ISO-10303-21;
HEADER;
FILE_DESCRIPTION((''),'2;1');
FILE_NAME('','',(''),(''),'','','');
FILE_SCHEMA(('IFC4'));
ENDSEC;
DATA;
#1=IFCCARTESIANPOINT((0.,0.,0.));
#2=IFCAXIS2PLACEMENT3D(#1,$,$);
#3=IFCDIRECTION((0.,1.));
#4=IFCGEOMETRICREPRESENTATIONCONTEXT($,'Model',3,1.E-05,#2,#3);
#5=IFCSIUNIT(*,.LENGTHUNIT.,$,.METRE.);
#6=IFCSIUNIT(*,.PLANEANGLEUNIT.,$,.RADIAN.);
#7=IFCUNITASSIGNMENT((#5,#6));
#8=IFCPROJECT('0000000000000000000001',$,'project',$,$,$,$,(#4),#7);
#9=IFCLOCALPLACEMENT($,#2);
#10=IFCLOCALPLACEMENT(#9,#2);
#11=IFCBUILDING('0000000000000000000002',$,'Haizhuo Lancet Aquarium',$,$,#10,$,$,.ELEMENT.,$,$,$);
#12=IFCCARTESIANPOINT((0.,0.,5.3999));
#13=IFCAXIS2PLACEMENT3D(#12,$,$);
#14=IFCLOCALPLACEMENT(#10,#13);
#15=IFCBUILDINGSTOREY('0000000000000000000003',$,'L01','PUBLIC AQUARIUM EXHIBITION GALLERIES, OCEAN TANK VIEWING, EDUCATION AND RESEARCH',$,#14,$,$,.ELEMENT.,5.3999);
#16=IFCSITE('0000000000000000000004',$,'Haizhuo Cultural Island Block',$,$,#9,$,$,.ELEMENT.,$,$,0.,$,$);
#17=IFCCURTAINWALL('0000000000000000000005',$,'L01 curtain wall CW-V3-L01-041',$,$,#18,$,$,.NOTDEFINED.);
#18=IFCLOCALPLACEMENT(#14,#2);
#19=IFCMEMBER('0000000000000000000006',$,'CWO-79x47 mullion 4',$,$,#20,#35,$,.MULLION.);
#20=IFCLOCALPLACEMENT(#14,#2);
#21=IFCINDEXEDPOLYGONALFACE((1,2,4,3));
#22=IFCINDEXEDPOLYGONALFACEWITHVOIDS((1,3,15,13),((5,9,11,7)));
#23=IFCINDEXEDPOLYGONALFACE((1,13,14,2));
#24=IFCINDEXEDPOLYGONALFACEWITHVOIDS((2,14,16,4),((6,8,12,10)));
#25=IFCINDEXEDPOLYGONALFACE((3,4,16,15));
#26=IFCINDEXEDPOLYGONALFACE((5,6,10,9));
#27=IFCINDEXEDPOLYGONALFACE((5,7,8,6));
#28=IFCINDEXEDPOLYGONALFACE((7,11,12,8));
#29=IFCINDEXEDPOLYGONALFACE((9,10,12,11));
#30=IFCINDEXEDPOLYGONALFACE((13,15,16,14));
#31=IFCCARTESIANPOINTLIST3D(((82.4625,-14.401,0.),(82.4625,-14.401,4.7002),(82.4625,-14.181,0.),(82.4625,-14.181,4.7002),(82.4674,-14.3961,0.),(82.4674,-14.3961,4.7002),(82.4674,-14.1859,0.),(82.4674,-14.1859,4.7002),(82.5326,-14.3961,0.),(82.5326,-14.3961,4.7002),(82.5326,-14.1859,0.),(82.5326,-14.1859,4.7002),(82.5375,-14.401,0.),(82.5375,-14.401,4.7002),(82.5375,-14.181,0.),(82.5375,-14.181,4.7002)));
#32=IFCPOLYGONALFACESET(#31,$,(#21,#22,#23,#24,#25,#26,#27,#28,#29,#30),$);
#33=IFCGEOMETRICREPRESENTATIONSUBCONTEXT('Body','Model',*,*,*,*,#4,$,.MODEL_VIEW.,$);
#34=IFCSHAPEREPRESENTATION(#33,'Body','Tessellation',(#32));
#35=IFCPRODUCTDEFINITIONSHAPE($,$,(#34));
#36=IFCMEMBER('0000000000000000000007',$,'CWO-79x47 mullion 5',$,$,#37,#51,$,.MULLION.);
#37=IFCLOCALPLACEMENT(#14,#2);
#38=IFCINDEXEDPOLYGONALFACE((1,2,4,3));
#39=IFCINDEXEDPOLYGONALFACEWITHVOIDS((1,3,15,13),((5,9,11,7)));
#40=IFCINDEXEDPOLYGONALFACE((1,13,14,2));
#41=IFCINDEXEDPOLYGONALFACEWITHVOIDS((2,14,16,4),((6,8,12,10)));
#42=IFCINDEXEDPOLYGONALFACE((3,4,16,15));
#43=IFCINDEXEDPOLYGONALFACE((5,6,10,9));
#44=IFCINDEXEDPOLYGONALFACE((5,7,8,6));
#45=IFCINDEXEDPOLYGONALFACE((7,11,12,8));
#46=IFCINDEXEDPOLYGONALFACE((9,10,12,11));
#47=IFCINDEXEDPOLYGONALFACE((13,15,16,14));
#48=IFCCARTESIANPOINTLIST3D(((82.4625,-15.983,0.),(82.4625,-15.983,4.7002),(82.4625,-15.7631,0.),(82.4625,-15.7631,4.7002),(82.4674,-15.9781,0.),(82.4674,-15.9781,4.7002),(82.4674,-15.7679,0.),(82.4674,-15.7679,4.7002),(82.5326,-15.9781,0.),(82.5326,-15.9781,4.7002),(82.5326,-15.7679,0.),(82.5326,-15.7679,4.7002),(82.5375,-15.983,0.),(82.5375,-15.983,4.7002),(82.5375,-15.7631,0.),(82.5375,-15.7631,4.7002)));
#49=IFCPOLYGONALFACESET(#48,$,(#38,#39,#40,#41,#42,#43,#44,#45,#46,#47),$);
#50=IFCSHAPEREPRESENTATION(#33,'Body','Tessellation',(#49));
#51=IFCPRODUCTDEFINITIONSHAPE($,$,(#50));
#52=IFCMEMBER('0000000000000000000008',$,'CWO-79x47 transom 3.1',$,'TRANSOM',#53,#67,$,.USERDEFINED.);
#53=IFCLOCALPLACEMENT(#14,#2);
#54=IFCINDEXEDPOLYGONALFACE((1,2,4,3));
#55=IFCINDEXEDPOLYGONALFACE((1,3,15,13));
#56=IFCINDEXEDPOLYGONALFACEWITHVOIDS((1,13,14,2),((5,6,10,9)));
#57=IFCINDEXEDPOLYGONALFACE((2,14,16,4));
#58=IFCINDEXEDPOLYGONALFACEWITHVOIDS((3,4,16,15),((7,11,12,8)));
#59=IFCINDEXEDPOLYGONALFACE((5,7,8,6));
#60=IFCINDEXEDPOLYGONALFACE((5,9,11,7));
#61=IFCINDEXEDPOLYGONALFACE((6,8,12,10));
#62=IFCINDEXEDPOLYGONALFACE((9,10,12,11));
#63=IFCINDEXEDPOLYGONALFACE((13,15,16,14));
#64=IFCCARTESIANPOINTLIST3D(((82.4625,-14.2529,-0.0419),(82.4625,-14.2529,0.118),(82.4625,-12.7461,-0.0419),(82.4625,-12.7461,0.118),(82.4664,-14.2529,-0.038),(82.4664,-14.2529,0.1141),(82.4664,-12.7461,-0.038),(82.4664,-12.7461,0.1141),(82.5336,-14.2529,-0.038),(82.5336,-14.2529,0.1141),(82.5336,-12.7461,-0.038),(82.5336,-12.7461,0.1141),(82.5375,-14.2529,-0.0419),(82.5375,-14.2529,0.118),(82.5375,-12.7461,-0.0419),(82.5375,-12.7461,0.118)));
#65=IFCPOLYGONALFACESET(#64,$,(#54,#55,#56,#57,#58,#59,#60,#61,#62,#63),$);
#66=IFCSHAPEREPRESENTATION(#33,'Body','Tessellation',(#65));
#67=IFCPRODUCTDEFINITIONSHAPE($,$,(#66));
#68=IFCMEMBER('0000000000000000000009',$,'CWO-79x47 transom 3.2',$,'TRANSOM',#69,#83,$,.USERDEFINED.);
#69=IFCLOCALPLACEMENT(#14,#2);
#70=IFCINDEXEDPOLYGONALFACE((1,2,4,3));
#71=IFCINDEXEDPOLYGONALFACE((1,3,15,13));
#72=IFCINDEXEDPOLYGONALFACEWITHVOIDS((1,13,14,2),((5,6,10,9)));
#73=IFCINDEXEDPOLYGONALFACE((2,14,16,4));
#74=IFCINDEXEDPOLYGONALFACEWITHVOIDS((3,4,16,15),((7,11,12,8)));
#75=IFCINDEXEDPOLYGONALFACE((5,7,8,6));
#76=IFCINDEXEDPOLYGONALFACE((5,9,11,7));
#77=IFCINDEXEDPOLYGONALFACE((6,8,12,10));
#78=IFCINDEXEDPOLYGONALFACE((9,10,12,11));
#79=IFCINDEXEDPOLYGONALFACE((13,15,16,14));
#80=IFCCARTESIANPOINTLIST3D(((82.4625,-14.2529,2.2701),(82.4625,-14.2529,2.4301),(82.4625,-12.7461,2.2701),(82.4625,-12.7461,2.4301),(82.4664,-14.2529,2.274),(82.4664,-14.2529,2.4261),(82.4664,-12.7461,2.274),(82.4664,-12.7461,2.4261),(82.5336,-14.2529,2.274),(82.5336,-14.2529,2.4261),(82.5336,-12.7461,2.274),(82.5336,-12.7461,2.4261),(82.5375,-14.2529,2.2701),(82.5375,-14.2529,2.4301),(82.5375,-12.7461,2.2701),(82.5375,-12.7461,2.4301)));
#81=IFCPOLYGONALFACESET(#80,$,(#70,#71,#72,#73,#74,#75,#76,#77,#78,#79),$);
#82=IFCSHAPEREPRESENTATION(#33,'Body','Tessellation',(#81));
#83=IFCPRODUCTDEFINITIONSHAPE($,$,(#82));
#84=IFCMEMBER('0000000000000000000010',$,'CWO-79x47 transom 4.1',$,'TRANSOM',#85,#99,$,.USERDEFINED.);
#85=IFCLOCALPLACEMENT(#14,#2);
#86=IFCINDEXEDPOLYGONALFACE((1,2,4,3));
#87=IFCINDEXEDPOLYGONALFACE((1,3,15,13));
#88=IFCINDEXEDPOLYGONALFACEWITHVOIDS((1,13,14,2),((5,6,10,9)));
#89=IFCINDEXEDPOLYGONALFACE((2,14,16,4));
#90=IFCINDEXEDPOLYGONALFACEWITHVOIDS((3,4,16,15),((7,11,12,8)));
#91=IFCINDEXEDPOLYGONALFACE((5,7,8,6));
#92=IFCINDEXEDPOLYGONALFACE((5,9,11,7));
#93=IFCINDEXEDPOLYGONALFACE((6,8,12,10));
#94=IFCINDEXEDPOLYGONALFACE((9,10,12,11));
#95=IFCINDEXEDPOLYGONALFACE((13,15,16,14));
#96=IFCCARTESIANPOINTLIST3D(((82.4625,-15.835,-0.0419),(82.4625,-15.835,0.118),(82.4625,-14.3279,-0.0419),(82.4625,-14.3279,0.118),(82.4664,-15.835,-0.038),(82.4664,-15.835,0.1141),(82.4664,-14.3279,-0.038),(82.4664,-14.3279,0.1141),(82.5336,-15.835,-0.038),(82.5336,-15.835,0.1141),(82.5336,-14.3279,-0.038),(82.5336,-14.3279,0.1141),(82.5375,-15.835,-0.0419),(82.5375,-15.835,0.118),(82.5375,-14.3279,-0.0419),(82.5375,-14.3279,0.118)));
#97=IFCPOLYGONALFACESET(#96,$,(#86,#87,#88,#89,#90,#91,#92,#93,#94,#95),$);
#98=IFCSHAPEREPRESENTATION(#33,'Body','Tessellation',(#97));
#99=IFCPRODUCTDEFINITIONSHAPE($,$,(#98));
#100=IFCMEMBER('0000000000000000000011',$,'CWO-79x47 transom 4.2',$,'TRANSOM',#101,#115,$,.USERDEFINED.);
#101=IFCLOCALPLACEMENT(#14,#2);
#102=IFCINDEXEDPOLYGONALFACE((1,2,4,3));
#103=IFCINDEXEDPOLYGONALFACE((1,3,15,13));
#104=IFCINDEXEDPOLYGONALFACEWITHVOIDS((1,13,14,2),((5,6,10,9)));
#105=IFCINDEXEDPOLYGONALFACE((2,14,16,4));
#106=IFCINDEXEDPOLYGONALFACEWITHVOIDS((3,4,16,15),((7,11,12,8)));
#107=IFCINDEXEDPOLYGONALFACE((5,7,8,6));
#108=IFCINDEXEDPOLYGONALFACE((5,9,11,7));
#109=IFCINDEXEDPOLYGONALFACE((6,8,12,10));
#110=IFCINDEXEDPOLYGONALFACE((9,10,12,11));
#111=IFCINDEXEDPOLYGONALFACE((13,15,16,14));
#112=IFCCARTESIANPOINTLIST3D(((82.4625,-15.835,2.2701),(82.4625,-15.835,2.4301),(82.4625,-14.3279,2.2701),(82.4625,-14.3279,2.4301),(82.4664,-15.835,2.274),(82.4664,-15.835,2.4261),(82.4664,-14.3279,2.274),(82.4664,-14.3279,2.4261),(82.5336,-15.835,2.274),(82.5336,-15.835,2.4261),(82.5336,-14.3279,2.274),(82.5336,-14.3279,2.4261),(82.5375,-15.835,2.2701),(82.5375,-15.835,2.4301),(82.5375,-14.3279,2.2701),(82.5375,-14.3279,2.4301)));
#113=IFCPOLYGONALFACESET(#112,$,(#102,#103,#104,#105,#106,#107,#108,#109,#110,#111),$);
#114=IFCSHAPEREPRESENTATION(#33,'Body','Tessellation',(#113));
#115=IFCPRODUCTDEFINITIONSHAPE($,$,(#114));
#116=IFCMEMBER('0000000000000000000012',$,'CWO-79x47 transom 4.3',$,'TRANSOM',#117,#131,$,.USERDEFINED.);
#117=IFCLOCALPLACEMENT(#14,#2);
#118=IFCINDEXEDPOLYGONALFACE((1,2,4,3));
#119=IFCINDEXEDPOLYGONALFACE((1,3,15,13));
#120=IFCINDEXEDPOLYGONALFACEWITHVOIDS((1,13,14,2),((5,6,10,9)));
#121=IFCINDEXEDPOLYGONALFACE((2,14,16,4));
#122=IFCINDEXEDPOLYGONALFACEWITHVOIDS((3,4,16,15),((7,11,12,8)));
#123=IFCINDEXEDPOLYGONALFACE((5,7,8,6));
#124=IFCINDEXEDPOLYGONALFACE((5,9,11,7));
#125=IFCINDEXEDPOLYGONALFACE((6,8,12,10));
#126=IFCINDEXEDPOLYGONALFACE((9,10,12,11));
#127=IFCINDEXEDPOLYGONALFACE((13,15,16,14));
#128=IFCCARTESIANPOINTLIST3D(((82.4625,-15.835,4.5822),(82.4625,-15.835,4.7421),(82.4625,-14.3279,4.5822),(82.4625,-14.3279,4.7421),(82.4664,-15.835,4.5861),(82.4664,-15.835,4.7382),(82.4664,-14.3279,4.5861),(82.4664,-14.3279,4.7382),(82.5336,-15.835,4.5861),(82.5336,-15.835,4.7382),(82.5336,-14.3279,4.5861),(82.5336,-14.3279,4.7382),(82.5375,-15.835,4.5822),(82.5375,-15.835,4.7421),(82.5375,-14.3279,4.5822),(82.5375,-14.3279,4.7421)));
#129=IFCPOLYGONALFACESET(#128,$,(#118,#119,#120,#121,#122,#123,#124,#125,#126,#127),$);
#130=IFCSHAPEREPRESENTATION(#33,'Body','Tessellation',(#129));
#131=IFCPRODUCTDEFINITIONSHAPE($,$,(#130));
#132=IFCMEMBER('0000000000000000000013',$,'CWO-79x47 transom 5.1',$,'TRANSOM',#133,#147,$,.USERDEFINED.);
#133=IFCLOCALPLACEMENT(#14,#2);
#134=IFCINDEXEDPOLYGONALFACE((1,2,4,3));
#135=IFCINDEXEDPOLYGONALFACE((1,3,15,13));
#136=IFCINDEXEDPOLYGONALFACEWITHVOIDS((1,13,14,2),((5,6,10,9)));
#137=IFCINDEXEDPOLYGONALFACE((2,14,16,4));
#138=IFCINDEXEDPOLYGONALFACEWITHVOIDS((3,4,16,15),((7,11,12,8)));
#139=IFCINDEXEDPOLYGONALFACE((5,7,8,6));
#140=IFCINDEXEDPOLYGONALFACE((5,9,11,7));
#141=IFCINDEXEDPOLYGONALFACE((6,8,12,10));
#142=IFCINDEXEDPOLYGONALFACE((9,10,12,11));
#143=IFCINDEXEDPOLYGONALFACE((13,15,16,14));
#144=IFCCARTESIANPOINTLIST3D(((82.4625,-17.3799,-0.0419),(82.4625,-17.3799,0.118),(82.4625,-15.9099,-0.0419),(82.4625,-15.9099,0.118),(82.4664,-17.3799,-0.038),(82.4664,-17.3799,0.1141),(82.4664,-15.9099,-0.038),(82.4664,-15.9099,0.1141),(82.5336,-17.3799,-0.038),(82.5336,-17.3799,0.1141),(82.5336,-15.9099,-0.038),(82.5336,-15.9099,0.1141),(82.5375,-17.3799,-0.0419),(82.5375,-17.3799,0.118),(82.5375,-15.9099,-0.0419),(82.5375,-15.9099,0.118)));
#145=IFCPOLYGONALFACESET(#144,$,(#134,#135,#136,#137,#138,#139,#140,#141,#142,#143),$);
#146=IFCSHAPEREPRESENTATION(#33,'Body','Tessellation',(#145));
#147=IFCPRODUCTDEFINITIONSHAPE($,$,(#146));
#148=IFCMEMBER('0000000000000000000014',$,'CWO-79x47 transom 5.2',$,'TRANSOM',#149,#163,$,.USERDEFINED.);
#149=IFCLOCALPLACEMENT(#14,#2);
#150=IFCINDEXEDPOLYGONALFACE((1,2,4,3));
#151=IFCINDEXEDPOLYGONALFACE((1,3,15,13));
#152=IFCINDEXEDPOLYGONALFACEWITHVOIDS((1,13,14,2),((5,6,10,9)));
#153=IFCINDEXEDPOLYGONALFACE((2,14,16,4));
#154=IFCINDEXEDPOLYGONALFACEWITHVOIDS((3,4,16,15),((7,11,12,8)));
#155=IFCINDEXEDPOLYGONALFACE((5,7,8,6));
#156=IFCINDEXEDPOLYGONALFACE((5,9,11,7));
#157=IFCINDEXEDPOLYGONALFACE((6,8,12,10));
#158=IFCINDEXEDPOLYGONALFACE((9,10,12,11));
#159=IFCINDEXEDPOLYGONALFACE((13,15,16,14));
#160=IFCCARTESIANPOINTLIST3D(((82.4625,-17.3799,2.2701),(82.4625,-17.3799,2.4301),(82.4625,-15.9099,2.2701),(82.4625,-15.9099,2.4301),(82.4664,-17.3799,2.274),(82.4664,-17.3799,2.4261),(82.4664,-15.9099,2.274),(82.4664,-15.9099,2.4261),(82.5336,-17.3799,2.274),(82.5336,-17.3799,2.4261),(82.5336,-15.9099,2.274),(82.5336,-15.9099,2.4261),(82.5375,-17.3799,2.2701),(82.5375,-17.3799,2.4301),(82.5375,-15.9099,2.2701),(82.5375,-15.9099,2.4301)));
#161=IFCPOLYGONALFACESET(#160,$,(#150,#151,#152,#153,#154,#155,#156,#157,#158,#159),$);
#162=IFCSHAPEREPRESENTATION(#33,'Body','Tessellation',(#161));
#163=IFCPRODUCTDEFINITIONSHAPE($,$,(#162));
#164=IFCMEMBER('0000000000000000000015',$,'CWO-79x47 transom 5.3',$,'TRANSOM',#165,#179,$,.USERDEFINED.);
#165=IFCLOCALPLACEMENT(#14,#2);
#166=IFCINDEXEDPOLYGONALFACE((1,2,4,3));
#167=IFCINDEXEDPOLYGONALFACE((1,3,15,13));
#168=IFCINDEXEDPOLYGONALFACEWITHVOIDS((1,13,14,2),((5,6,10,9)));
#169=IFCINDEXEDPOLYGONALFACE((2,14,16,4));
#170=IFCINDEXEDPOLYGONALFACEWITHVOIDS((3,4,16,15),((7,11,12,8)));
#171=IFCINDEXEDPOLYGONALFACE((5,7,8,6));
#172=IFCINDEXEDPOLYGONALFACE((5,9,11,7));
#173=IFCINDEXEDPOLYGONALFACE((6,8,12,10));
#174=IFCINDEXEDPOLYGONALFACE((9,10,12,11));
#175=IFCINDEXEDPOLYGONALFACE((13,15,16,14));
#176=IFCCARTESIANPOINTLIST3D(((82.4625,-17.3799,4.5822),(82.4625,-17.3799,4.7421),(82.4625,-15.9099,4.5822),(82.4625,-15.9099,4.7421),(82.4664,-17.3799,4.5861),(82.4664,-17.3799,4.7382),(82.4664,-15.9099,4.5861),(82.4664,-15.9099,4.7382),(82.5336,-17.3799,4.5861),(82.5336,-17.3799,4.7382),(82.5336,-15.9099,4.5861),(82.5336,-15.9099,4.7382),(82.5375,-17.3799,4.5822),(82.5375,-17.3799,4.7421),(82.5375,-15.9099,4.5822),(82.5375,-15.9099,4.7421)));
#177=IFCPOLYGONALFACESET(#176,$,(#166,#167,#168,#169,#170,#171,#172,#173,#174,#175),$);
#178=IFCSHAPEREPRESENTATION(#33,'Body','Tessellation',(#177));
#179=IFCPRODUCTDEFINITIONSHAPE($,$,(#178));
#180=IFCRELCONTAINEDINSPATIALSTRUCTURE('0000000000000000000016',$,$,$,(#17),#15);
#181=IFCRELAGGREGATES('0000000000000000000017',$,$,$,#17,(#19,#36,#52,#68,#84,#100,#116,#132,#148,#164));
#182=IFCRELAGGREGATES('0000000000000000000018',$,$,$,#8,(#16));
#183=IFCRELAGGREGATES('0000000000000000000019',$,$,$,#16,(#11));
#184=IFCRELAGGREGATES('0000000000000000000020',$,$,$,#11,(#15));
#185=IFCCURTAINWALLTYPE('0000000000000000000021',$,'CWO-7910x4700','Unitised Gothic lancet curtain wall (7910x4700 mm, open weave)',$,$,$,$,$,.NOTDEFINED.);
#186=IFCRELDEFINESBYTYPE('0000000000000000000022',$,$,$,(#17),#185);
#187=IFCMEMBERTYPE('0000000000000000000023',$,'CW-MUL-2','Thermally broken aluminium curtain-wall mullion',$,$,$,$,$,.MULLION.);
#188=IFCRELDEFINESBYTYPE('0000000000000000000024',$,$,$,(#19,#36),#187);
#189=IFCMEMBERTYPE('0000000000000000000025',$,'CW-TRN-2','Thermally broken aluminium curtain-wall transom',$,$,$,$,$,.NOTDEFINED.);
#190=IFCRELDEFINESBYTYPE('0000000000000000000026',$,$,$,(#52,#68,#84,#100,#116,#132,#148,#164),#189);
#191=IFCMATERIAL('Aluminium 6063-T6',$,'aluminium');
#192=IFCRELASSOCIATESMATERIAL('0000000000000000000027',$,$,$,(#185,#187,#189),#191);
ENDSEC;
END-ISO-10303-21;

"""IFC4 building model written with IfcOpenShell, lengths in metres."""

from ifc_helpers import new_model, si_unit, direction, frame, origin, origin_2d, place, context, subcontext, project, spatial, hollow_rectangle, extrude, material, material_profile, profile_set, type_object, element, aggregate, save


model = new_model("IFC4")

# Units and contexts
model_context = context("Model", 3, precision=1e-05, world=origin(), true_north=direction((0.0, 1.0)))
body_context = subcontext(model_context, "Body", "Model", "MODEL_VIEW")
ifc_project = project(units=[si_unit("LENGTHUNIT", "METRE"), si_unit("PLANEANGLEUNIT", "RADIAN")], contexts=[model_context])

# Site, building, storey
site_placement = place(None, origin())
site = spatial("IfcSite", under=ifc_project, at=site_placement, Name="Haizhuo Cultural Island Block", CompositionType="ELEMENT", RefElevation=0.0)
building_placement = place(site_placement, origin())
building = spatial("IfcBuilding", under=site, at=building_placement, Name="Haizhuo Lancet Aquarium", CompositionType="ELEMENT")
storey_placement = place(building_placement, frame((0.0, 0.0, 5.3999)))
storey = spatial("IfcBuildingStorey", under=building, at=storey_placement, Name="L01", Description="PUBLIC AQUARIUM EXHIBITION GALLERIES, OCEAN TANK VIEWING, EDUCATION AND RESEARCH", CompositionType="ELEMENT", Elevation=5.3999)

# Curtain wall, members
ifc_material_1 = material(Name="Aluminium 6063-T6", Category="aluminium")
curtain_wall_type = type_object("IfcCurtainWallType", Name="CWO-7910x4700", Description="Unitised Gothic lancet curtain wall (7910x4700 mm, open weave)", PredefinedType="NOTDEFINED", material=ifc_material_1)
curtain_wall_placement = place(storey_placement, origin())
curtain_wall = element("IfcCurtainWall", 1, at=curtain_wall_placement, inside=storey, type_object=curtain_wall_type, Name="L01 curtain wall CW-V3-L01-041", PredefinedType="NOTDEFINED")
ifc_material_profile_1 = material_profile(ifc_material_1, hollow_rectangle(XDim=0.075, YDim=0.22, WallThickness=0.0049, at=origin_2d()), Name="ALU-M 75x220x5")
ifc_profile_set_1 = profile_set([ifc_material_profile_1], Name="Aluminium 6063-T6")
member_type_1 = type_object("IfcMemberType", Name="CW-MUL-2", Description="Thermally broken aluminium curtain-wall mullion", PredefinedType="MULLION", material=ifc_profile_set_1)
member_1_placement = place(storey_placement, frame((82.5, -14.291, 0.0), z_axis=(0.0, 0.0, 1.0), x_axis=(1.0, 0.0, 0.0)))
member_1 = element("IfcMember", 2, at=member_1_placement, type_object=member_type_1, Name="CWO-79x47 mullion 4", PredefinedType="MULLION", context=body_context, shape_type="SweptSolid", body=[
    extrude(hollow_rectangle(XDim=0.075, YDim=0.22, WallThickness=0.0049, at=origin_2d()), origin(), (0.0, 0.0, 1.0), 4.7002),
])
member_2_placement = place(storey_placement, frame((82.5, -15.873, 0.0), z_axis=(0.0, 0.0, 1.0), x_axis=(1.0, 0.0, 0.0)))
member_2 = element("IfcMember", 3, at=member_2_placement, type_object=member_type_1, Name="CWO-79x47 mullion 5", PredefinedType="MULLION", context=body_context, shape_type="SweptSolid", body=[
    extrude(hollow_rectangle(XDim=0.075, YDim=0.22, WallThickness=0.0049, at=origin_2d()), origin(), (0.0, 0.0, 1.0), 4.7002),
])
ifc_material_profile_2 = material_profile(ifc_material_1, hollow_rectangle(XDim=0.075, YDim=0.1599, WallThickness=0.0039, at=origin_2d()), Name="ALU-T 75x160x4")
ifc_profile_set_2 = profile_set([ifc_material_profile_2], Name="Aluminium 6063-T6")
member_type_2 = type_object("IfcMemberType", Name="CW-TRN-2", Description="Thermally broken aluminium curtain-wall transom", PredefinedType="NOTDEFINED", material=ifc_profile_set_2)
member_3_placement = place(storey_placement, frame((82.5, -12.7461, 0.0381), z_axis=(0.0, -1.0, 0.0), x_axis=(1.0, 0.0, 0.0)))
member_3 = element("IfcMember", 4, at=member_3_placement, type_object=member_type_2, Name="CWO-79x47 transom 3.1", ObjectType="TRANSOM", PredefinedType="USERDEFINED", context=body_context, shape_type="SweptSolid", body=[
    extrude(hollow_rectangle(XDim=0.075, YDim=0.1599, WallThickness=0.0039, at=origin_2d()), origin(), (0.0, 0.0, 1.0), 1.5068),
])
member_4_placement = place(storey_placement, frame((82.5, -12.7461, 2.3501), z_axis=(0.0, -1.0, 0.0), x_axis=(1.0, 0.0, 0.0)))
member_4 = element("IfcMember", 5, at=member_4_placement, type_object=member_type_2, Name="CWO-79x47 transom 3.2", ObjectType="TRANSOM", PredefinedType="USERDEFINED", context=body_context, shape_type="SweptSolid", body=[
    extrude(hollow_rectangle(XDim=0.075, YDim=0.1599, WallThickness=0.0039, at=origin_2d()), origin(), (0.0, 0.0, 1.0), 1.5068),
])
member_5_placement = place(storey_placement, frame((82.5, -14.3279, 0.0381), z_axis=(0.0, -1.0, 0.0), x_axis=(1.0, 0.0, 0.0)))
member_5 = element("IfcMember", 6, at=member_5_placement, type_object=member_type_2, Name="CWO-79x47 transom 4.1", ObjectType="TRANSOM", PredefinedType="USERDEFINED", context=body_context, shape_type="SweptSolid", body=[
    extrude(hollow_rectangle(XDim=0.075, YDim=0.1599, WallThickness=0.0039, at=origin_2d()), origin(), (0.0, 0.0, 1.0), 1.5071),
])
member_6_placement = place(storey_placement, frame((82.5, -14.3279, 2.3501), z_axis=(0.0, -1.0, 0.0), x_axis=(1.0, 0.0, 0.0)))
member_6 = element("IfcMember", 7, at=member_6_placement, type_object=member_type_2, Name="CWO-79x47 transom 4.2", ObjectType="TRANSOM", PredefinedType="USERDEFINED", context=body_context, shape_type="SweptSolid", body=[
    extrude(hollow_rectangle(XDim=0.075, YDim=0.1599, WallThickness=0.0039, at=origin_2d()), origin(), (0.0, 0.0, 1.0), 1.5071),
])
member_7_placement = place(storey_placement, frame((82.5, -14.3279, 4.6621), z_axis=(0.0, -1.0, 0.0), x_axis=(1.0, 0.0, 0.0)))
member_7 = element("IfcMember", 8, at=member_7_placement, type_object=member_type_2, Name="CWO-79x47 transom 4.3", ObjectType="TRANSOM", PredefinedType="USERDEFINED", context=body_context, shape_type="SweptSolid", body=[
    extrude(hollow_rectangle(XDim=0.075, YDim=0.1599, WallThickness=0.0039, at=origin_2d()), origin(), (0.0, 0.0, 1.0), 1.5071),
])
member_8_placement = place(storey_placement, frame((82.5, -15.9099, 0.0381), z_axis=(0.0, -1.0, 0.0), x_axis=(1.0, 0.0, 0.0)))
member_8 = element("IfcMember", 9, at=member_8_placement, type_object=member_type_2, Name="CWO-79x47 transom 5.1", ObjectType="TRANSOM", PredefinedType="USERDEFINED", context=body_context, shape_type="SweptSolid", body=[
    extrude(hollow_rectangle(XDim=0.075, YDim=0.1599, WallThickness=0.0039, at=origin_2d()), origin(), (0.0, 0.0, 1.0), 1.47),
])
member_9_placement = place(storey_placement, frame((82.5, -15.9099, 2.3501), z_axis=(0.0, -1.0, 0.0), x_axis=(1.0, 0.0, 0.0)))
member_9 = element("IfcMember", 10, at=member_9_placement, type_object=member_type_2, Name="CWO-79x47 transom 5.2", ObjectType="TRANSOM", PredefinedType="USERDEFINED", context=body_context, shape_type="SweptSolid", body=[
    extrude(hollow_rectangle(XDim=0.075, YDim=0.1599, WallThickness=0.0039, at=origin_2d()), origin(), (0.0, 0.0, 1.0), 1.47),
])
member_10_placement = place(storey_placement, frame((82.5, -15.9099, 4.6621), z_axis=(0.0, -1.0, 0.0), x_axis=(1.0, 0.0, 0.0)))
member_10 = element("IfcMember", 11, at=member_10_placement, type_object=member_type_2, Name="CWO-79x47 transom 5.3", ObjectType="TRANSOM", PredefinedType="USERDEFINED", context=body_context, shape_type="SweptSolid", body=[
    extrude(hollow_rectangle(XDim=0.075, YDim=0.1599, WallThickness=0.0039, at=origin_2d()), origin(), (0.0, 0.0, 1.0), 1.47),
])

aggregate(curtain_wall, [member_1, member_2, member_3, member_4, member_5, member_6, member_7, member_8, member_9, member_10])

save(model, "model.ifc")
